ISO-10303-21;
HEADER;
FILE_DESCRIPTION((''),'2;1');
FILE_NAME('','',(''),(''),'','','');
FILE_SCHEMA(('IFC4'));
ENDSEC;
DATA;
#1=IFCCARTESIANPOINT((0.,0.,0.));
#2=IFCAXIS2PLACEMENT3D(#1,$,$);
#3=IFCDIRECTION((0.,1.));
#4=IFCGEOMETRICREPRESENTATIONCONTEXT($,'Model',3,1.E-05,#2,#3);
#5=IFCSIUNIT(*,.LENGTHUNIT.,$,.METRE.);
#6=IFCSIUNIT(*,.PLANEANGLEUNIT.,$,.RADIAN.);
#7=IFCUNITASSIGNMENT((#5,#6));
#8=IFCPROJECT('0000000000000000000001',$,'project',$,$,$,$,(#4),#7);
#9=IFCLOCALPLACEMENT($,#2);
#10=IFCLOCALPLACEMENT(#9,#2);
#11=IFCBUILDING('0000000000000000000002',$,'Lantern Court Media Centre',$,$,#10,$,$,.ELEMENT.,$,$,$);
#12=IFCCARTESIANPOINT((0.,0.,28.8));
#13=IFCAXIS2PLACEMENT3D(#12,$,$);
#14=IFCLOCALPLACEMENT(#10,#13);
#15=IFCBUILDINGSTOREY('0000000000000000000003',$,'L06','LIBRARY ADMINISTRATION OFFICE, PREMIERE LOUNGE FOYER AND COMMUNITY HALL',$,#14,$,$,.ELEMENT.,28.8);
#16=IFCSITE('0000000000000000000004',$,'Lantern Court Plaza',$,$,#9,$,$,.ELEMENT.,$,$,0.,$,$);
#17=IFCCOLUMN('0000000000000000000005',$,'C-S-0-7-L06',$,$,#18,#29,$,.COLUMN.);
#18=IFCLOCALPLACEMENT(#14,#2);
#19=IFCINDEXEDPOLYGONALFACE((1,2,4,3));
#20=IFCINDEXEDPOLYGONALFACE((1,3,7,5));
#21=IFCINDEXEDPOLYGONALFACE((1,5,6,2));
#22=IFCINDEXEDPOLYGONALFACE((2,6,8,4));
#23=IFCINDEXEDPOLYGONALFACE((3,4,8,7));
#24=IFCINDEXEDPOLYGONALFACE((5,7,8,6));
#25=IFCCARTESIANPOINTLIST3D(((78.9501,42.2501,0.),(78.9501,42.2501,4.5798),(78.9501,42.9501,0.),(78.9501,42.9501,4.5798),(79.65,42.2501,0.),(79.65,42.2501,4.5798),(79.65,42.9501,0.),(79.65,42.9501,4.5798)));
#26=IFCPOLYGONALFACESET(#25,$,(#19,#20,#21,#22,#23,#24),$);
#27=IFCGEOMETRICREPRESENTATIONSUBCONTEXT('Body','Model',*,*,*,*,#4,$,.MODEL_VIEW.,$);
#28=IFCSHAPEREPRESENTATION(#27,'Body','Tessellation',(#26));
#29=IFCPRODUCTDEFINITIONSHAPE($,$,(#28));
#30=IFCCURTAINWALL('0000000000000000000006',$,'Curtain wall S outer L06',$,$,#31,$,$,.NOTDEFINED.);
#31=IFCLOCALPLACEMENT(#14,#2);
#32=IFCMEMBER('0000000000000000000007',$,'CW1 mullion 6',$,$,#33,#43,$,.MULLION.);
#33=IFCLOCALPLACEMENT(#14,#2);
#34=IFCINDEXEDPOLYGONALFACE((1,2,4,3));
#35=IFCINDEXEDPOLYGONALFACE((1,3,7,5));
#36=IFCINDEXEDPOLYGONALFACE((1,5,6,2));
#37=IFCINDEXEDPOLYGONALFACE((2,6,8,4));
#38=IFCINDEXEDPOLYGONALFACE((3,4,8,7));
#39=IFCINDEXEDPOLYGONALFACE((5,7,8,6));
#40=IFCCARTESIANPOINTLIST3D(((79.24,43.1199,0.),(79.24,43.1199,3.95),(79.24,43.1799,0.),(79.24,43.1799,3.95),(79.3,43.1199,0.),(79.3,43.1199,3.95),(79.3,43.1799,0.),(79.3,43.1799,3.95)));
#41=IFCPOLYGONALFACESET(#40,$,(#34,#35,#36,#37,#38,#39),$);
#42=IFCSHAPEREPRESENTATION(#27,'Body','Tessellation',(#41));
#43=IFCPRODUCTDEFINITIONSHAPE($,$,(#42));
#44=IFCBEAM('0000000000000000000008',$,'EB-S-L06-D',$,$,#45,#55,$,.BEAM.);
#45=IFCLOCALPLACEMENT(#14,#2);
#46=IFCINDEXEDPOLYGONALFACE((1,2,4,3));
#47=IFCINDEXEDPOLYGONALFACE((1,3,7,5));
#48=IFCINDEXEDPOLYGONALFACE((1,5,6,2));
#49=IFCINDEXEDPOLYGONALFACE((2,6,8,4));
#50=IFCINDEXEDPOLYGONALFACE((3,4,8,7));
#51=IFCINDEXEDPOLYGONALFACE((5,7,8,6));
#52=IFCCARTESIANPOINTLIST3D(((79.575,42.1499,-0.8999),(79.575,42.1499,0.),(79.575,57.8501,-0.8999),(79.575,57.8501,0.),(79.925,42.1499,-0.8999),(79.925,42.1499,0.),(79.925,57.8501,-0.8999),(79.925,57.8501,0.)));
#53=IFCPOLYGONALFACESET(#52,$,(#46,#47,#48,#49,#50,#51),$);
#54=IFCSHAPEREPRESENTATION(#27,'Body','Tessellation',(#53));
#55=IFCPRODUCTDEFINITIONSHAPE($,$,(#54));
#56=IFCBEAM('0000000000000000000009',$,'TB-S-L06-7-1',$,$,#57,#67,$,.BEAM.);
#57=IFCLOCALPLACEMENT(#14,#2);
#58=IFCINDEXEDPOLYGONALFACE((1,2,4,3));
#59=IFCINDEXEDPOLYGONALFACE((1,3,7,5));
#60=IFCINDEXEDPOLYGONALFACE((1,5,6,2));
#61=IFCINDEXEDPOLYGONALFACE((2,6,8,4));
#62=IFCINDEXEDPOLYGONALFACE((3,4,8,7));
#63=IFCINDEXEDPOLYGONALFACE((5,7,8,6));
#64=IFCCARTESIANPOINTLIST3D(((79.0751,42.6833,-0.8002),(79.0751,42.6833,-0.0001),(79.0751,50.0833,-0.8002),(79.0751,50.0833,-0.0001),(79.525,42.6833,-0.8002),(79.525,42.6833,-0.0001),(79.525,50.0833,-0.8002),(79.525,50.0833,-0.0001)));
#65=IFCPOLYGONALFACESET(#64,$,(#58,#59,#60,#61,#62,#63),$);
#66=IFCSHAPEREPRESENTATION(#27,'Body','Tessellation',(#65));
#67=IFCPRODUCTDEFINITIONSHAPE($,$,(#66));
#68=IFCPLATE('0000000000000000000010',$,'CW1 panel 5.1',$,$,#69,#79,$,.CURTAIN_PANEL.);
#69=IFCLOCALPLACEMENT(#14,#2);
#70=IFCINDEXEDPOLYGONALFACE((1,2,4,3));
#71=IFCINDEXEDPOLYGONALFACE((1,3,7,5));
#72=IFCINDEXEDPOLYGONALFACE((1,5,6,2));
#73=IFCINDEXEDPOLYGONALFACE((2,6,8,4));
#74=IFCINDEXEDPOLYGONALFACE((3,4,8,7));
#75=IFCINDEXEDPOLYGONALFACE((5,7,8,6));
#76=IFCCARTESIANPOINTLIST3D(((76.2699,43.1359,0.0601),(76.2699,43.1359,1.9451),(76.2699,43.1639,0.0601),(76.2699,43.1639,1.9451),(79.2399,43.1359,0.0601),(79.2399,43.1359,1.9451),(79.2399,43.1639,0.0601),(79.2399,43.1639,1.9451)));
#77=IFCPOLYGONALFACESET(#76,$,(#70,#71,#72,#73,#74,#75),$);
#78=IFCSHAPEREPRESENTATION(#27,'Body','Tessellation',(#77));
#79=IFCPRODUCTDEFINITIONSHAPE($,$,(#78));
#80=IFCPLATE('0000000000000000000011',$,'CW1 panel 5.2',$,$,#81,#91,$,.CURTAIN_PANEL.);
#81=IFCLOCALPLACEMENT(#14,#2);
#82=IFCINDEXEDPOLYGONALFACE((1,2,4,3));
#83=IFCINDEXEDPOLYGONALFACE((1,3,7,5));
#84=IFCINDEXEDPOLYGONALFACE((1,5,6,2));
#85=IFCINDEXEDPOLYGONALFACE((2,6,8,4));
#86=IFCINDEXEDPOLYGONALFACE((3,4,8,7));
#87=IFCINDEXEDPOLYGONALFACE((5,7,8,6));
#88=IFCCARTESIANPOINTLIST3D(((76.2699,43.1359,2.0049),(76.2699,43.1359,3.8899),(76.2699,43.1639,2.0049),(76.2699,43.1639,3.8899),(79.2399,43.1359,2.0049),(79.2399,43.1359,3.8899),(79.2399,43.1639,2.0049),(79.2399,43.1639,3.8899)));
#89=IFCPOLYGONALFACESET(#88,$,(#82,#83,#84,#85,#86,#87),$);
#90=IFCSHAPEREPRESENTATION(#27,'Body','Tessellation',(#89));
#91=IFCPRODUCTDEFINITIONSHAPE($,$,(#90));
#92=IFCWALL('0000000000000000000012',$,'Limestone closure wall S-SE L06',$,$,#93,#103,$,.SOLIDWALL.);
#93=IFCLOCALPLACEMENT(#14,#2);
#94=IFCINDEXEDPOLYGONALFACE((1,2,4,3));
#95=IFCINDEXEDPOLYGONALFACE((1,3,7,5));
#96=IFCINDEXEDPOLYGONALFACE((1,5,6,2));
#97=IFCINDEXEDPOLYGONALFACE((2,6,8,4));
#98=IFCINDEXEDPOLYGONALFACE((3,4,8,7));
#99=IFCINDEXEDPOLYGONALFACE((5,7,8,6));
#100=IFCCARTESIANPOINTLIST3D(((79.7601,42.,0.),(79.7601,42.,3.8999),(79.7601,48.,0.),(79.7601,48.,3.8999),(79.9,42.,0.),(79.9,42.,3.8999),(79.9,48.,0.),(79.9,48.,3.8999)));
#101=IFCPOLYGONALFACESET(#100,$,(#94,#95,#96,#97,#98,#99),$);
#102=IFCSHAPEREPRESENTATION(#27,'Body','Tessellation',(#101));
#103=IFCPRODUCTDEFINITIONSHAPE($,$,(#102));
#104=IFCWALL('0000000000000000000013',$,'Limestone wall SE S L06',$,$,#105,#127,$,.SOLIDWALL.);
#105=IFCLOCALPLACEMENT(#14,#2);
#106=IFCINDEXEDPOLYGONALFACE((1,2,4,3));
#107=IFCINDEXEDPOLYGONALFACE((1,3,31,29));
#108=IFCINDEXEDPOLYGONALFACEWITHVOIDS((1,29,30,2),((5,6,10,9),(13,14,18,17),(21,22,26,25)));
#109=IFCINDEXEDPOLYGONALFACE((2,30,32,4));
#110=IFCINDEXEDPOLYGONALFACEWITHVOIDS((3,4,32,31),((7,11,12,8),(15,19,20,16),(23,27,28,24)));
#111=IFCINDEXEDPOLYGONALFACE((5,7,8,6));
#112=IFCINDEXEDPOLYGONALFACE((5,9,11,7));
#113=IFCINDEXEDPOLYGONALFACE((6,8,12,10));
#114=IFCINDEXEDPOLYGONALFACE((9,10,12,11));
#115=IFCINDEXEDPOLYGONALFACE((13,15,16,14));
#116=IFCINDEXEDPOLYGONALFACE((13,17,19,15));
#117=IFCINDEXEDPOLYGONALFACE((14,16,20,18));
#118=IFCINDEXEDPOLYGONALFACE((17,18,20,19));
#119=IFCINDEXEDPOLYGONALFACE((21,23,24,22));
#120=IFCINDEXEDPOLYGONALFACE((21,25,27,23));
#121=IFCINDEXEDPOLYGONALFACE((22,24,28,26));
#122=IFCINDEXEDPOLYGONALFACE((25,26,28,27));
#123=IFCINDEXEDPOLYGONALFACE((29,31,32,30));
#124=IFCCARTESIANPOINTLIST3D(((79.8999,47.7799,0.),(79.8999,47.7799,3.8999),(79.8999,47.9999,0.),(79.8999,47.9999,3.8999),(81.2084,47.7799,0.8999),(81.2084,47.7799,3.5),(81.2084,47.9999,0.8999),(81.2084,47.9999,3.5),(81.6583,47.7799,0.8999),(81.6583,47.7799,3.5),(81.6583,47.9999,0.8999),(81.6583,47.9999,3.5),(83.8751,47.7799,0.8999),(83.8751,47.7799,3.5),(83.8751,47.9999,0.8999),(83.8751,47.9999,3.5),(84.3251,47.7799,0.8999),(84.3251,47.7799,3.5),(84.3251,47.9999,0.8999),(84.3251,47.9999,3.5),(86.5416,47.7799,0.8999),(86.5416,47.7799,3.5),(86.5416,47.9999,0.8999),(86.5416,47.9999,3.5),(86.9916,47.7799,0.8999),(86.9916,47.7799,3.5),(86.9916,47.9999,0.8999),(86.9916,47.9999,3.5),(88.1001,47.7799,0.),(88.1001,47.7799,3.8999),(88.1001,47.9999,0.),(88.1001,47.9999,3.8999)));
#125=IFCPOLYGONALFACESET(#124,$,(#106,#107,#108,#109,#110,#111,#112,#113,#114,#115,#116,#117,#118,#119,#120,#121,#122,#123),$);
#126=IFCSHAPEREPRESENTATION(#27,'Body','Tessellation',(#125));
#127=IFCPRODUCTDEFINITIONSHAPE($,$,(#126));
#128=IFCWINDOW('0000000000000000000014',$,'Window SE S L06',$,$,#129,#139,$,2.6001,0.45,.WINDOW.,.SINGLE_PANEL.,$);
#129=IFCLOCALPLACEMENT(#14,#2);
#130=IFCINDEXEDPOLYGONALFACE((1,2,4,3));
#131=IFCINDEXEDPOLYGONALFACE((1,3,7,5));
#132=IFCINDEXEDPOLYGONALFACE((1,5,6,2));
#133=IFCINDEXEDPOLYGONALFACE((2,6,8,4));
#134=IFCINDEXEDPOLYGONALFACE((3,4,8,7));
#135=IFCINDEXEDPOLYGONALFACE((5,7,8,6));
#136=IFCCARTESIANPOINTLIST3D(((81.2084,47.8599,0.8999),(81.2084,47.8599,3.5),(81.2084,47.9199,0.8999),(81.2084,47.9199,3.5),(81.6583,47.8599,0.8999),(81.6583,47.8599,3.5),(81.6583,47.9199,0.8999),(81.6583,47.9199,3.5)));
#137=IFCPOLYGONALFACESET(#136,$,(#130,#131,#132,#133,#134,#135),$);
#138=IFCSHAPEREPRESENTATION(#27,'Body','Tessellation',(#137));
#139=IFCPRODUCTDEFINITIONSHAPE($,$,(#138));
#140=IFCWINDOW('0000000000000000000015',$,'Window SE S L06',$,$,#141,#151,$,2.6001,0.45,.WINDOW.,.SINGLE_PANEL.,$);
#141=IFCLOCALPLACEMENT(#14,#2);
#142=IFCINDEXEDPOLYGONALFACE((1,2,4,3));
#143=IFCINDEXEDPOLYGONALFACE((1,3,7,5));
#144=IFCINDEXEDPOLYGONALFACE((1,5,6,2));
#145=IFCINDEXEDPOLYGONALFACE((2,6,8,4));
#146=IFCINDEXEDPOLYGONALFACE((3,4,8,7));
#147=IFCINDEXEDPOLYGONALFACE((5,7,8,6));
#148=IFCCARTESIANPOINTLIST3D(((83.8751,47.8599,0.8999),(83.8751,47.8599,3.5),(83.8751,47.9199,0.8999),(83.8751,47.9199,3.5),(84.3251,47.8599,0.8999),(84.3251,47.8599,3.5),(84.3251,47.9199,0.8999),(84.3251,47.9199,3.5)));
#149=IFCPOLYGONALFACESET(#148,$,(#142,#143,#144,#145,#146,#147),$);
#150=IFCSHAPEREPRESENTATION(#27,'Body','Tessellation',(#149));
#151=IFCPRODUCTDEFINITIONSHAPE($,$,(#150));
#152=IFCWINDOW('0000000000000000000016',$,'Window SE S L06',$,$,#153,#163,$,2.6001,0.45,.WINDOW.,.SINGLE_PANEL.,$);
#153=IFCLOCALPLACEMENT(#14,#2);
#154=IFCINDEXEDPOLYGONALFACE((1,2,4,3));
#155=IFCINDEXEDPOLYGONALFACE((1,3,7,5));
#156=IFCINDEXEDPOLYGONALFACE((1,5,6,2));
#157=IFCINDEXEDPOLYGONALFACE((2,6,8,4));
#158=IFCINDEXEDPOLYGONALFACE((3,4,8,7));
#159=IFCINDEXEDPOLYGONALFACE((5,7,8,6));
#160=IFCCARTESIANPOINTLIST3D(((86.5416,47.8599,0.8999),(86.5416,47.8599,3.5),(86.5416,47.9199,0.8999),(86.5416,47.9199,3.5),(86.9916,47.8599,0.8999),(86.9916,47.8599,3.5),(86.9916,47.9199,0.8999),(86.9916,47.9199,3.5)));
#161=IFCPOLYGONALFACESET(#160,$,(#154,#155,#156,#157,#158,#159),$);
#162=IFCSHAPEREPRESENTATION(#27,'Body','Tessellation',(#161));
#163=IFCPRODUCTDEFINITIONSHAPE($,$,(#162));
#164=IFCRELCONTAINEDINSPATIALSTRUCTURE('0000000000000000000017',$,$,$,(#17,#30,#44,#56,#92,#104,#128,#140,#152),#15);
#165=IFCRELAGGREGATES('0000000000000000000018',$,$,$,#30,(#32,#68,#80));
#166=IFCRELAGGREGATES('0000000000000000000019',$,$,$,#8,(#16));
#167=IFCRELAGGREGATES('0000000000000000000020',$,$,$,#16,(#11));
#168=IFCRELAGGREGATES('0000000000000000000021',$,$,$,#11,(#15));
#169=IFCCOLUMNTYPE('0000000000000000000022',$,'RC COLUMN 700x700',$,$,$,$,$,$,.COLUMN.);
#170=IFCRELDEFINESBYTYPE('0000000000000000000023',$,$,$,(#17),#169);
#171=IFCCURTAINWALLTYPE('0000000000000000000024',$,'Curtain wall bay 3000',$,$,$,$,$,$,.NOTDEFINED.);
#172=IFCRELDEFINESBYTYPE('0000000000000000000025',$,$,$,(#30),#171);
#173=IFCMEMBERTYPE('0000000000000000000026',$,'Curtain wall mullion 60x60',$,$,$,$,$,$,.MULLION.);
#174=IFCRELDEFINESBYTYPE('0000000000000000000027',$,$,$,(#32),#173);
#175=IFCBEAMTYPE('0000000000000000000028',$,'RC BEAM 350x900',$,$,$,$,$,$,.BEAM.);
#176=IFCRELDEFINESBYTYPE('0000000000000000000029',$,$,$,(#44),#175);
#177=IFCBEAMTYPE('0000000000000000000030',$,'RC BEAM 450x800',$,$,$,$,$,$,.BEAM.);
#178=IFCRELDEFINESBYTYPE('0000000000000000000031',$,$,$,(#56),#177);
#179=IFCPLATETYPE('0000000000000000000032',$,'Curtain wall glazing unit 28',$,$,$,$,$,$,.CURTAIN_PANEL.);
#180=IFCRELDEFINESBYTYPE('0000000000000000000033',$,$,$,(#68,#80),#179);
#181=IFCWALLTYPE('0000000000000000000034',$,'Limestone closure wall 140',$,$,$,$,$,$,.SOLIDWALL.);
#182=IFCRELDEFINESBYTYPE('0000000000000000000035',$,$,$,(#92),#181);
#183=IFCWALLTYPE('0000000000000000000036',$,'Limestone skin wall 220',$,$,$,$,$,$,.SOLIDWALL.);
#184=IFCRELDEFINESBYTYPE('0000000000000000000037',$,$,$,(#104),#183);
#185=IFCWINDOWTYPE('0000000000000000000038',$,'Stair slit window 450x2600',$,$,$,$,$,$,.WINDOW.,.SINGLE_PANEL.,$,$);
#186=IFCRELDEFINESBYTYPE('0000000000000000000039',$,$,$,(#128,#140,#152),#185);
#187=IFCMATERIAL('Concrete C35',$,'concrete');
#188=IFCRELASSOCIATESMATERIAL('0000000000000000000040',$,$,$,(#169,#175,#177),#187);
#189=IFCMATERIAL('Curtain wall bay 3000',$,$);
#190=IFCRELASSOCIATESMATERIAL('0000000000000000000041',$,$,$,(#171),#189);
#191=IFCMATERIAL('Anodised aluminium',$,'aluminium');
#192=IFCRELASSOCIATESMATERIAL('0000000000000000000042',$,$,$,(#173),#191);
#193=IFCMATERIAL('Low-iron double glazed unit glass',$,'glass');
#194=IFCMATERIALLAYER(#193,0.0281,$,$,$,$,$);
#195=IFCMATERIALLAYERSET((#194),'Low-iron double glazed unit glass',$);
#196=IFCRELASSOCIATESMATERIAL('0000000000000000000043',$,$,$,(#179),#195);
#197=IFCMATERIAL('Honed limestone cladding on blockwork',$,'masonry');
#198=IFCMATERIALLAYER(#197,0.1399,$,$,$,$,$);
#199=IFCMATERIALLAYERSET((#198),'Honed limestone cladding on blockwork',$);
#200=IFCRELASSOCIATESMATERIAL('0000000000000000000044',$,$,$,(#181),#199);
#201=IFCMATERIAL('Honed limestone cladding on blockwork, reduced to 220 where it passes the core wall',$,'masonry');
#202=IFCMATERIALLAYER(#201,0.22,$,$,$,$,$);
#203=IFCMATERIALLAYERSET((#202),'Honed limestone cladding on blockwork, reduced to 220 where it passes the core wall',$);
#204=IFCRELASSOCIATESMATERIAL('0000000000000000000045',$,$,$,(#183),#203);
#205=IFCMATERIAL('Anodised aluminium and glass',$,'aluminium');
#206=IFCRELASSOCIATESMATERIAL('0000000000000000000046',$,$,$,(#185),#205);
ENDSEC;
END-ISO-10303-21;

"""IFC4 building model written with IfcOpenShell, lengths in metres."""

from ifc_helpers import new_model, si_unit, direction, frame, frame_2d, origin, origin_2d, place, context, subcontext, project, spatial, rectangle, extrude, material, layer, layer_set, material_profile, profile_set, type_object, element, fill, aggregate, save


model = new_model("IFC4")

# Units and contexts
model_context = context("Model", 3, precision=1e-05, world=origin(), true_north=direction((0.0, 1.0)))
body_context = subcontext(model_context, "Body", "Model", "MODEL_VIEW")
ifc_project = project(units=[si_unit("LENGTHUNIT", "METRE"), si_unit("PLANEANGLEUNIT", "RADIAN")], contexts=[model_context])

# Site, building, storey
site_placement = place(None, origin())
site = spatial("IfcSite", under=ifc_project, at=site_placement, Name="Lantern Court Plaza", CompositionType="ELEMENT", RefElevation=0.0)
building_placement = place(site_placement, origin())
building = spatial("IfcBuilding", under=site, at=building_placement, Name="Lantern Court Media Centre", CompositionType="ELEMENT")
storey_placement = place(building_placement, frame((0.0, 0.0, 28.8)))
storey = spatial("IfcBuildingStorey", under=building, at=storey_placement, Name="L06", Description="LIBRARY ADMINISTRATION OFFICE, PREMIERE LOUNGE FOYER AND COMMUNITY HALL", CompositionType="ELEMENT", Elevation=28.8)

# Column
ifc_material_1 = material(Name="Concrete C35", Category="concrete")
ifc_material_profile_1 = material_profile(ifc_material_1, rectangle(XDim=0.7, YDim=0.7, at=origin_2d()), Name="RC 700x700")
ifc_profile_set_1 = profile_set([ifc_material_profile_1], Name="Concrete C35")
column_type = type_object("IfcColumnType", Name="RC COLUMN 700x700", PredefinedType="COLUMN", material=ifc_profile_set_1)
column_placement = place(storey_placement, frame((79.3, 42.6001, 0.0), z_axis=(0.0, 0.0, 1.0), x_axis=(1.0, 0.0, 0.0)))
element("IfcColumn", 1, at=column_placement, inside=storey, type_object=column_type, Name="C-S-0-7-L06", PredefinedType="COLUMN", context=body_context, shape_type="SweptSolid", body=[
    extrude(rectangle(XDim=0.7, YDim=0.7, at=origin_2d()), origin(), (0.0, 0.0, 1.0), 4.5798),
])

# Curtain wall, member
ifc_material_2 = material(Name="Curtain wall bay 3000")
curtain_wall_type = type_object("IfcCurtainWallType", Name="Curtain wall bay 3000", PredefinedType="NOTDEFINED", material=ifc_material_2)
curtain_wall_placement = place(storey_placement, origin())
curtain_wall = element("IfcCurtainWall", 2, at=curtain_wall_placement, inside=storey, type_object=curtain_wall_type, Name="Curtain wall S outer L06", PredefinedType="NOTDEFINED")
ifc_material_3 = material(Name="Anodised aluminium", Category="aluminium")
ifc_material_profile_2 = material_profile(ifc_material_3, rectangle(XDim=0.0601, YDim=0.0601, at=origin_2d()), Name="AL 60x60")
ifc_profile_set_2 = profile_set([ifc_material_profile_2], Name="Anodised aluminium")
member_type = type_object("IfcMemberType", Name="Curtain wall mullion 60x60", PredefinedType="MULLION", material=ifc_profile_set_2)
member_placement = place(storey_placement, frame((79.27, 43.1499, 0.0), z_axis=(0.0, 0.0, 1.0), x_axis=(0.0, 1.0, 0.0)))
member = element("IfcMember", 3, at=member_placement, type_object=member_type, Name="CW1 mullion 6", PredefinedType="MULLION", context=body_context, shape_type="SweptSolid", body=[
    extrude(rectangle(XDim=0.0601, YDim=0.0601, at=origin_2d()), origin(), (0.0, 0.0, 1.0), 3.95),
])

# Beams
ifc_material_profile_3 = material_profile(ifc_material_1, rectangle(XDim=0.3501, YDim=0.8999, at=origin_2d()), Name="RC 350x900")
ifc_profile_set_3 = profile_set([ifc_material_profile_3], Name="Concrete C35")
beam_type_1 = type_object("IfcBeamType", Name="RC BEAM 350x900", PredefinedType="BEAM", material=ifc_profile_set_3)
beam_1_placement = place(storey_placement, frame((79.75, 42.1499, -0.45), z_axis=(0.0, 1.0, 0.0), x_axis=(-1.0, 0.0, 0.0)))
element("IfcBeam", 4, at=beam_1_placement, inside=storey, type_object=beam_type_1, Name="EB-S-L06-D", PredefinedType="BEAM", context=body_context, shape_type="SweptSolid", body=[
    extrude(rectangle(XDim=0.3501, YDim=0.8999, at=origin_2d()), origin(), (0.0, 0.0, 1.0), 15.7002),
])
ifc_material_profile_4 = material_profile(ifc_material_1, rectangle(XDim=0.45, YDim=0.8, at=origin_2d()), Name="RC 450x800")
ifc_profile_set_4 = profile_set([ifc_material_profile_4], Name="Concrete C35")
beam_type_2 = type_object("IfcBeamType", Name="RC BEAM 450x800", PredefinedType="BEAM", material=ifc_profile_set_4)
beam_2_placement = place(storey_placement, frame((79.3, 42.6833, -0.4001), z_axis=(0.0, 1.0, 0.0), x_axis=(-1.0, 0.0, 0.0)))
element("IfcBeam", 5, at=beam_2_placement, inside=storey, type_object=beam_type_2, Name="TB-S-L06-7-1", PredefinedType="BEAM", context=body_context, shape_type="SweptSolid", body=[
    extrude(rectangle(XDim=0.45, YDim=0.8, at=origin_2d()), origin(), (0.0, 0.0, 1.0), 7.3999),
])

# Plates
ifc_material_4 = material(Name="Low-iron double glazed unit glass", Category="glass")
ifc_layer_1 = layer(ifc_material_4, 0.0281)
ifc_layer_set_1 = layer_set([ifc_layer_1], Name="Low-iron double glazed unit glass")
plate_type = type_object("IfcPlateType", Name="Curtain wall glazing unit 28", PredefinedType="CURTAIN_PANEL", material=ifc_layer_set_1)
plate_1_placement = place(storey_placement, frame((77.7549, 43.1499, 0.0601), z_axis=(0.0, 0.0, 1.0), x_axis=(1.0, 0.0, 0.0)))
plate_1 = element("IfcPlate", 6, at=plate_1_placement, type_object=plate_type, Name="CW1 panel 5.1", PredefinedType="CURTAIN_PANEL", context=body_context, shape_type="SweptSolid", body=[
    extrude(rectangle(XDim=2.97, YDim=0.0281, at=origin_2d()), origin(), (0.0, 0.0, 1.0), 1.885),
])
plate_2_placement = place(storey_placement, frame((77.7549, 43.1499, 2.0049), z_axis=(0.0, 0.0, 1.0), x_axis=(1.0, 0.0, 0.0)))
plate_2 = element("IfcPlate", 7, at=plate_2_placement, type_object=plate_type, Name="CW1 panel 5.2", PredefinedType="CURTAIN_PANEL", context=body_context, shape_type="SweptSolid", body=[
    extrude(rectangle(XDim=2.97, YDim=0.0281, at=origin_2d()), origin(), (0.0, 0.0, 1.0), 1.885),
])
aggregate(curtain_wall, [member, plate_1, plate_2])

# Wall
ifc_material_5 = material(Name="Honed limestone cladding on blockwork", Category="masonry")
ifc_layer_2 = layer(ifc_material_5, 0.1399)
ifc_layer_set_2 = layer_set([ifc_layer_2], Name="Honed limestone cladding on blockwork")
wall_type_1 = type_object("IfcWallType", Name="Limestone closure wall 140", PredefinedType="SOLIDWALL", material=ifc_layer_set_2)
wall_1_placement = place(storey_placement, frame((79.8301, 42.0, 0.0), z_axis=(0.0, 0.0, 1.0), x_axis=(0.0, 1.0, 0.0)))
element("IfcWall", 8, at=wall_1_placement, inside=storey, type_object=wall_type_1, Name="Limestone closure wall S-SE L06", PredefinedType="SOLIDWALL", context=body_context, shape_type="SweptSolid", body=[
    extrude(rectangle(XDim=6.0, YDim=0.1399, at=frame_2d((3.0, 0.0))), origin(), (0.0, 0.0, 1.0), 3.8999),
])

# Wall, openings, windows
ifc_material_6 = material(Name="Honed limestone cladding on blockwork, reduced to 220 where it passes the core wall", Category="masonry")
ifc_layer_3 = layer(ifc_material_6, 0.22)
ifc_layer_set_3 = layer_set([ifc_layer_3], Name="Honed limestone cladding on blockwork, reduced to 220 where it passes the core wall")
wall_type_2 = type_object("IfcWallType", Name="Limestone skin wall 220", PredefinedType="SOLIDWALL", material=ifc_layer_set_3)
wall_2_placement = place(storey_placement, frame((79.8999, 47.8899, 0.0), z_axis=(0.0, 0.0, 1.0), x_axis=(1.0, 0.0, 0.0)))
wall_2 = element("IfcWall", 9, at=wall_2_placement, inside=storey, type_object=wall_type_2, Name="Limestone wall SE S L06", PredefinedType="SOLIDWALL", context=body_context, shape_type="SweptSolid", body=[
    extrude(rectangle(XDim=8.2002, YDim=0.22, at=frame_2d((4.1001, 0.0))), origin(), (0.0, 0.0, 1.0), 3.8999),
])
opening_1_placement = place(wall_2_placement, frame((1.3083, 0.0, 0.8999)))
opening_1 = element("IfcOpeningElement", 10, at=opening_1_placement, cuts=wall_2, PredefinedType="OPENING", context=body_context, shape_type="SweptSolid", body=[
    extrude(rectangle(XDim=0.45, YDim=2.6001, at=frame_2d((0.2251, 1.3))), frame((0.0, 0.1199, 0.0), z_axis=(0.0, -1.0, 0.0), x_axis=(1.0, 0.0, 0.0)), (0.0, 0.0, 1.0), 0.24),
])
opening_2_placement = place(wall_2_placement, frame((3.9751, 0.0, 0.8999)))
opening_2 = element("IfcOpeningElement", 11, at=opening_2_placement, cuts=wall_2, PredefinedType="OPENING", context=body_context, shape_type="SweptSolid", body=[
    extrude(rectangle(XDim=0.45, YDim=2.6001, at=frame_2d((0.2251, 1.3))), frame((0.0, 0.1199, 0.0), z_axis=(0.0, -1.0, 0.0), x_axis=(1.0, 0.0, 0.0)), (0.0, 0.0, 1.0), 0.24),
])
opening_3_placement = place(wall_2_placement, frame((6.6416, 0.0, 0.8999)))
opening_3 = element("IfcOpeningElement", 12, at=opening_3_placement, cuts=wall_2, PredefinedType="OPENING", context=body_context, shape_type="SweptSolid", body=[
    extrude(rectangle(XDim=0.45, YDim=2.6001, at=frame_2d((0.2251, 1.3))), frame((0.0, 0.1199, 0.0), z_axis=(0.0, -1.0, 0.0), x_axis=(1.0, 0.0, 0.0)), (0.0, 0.0, 1.0), 0.24),
])
ifc_material_7 = material(Name="Anodised aluminium and glass", Category="aluminium")
window_type = type_object("IfcWindowType", Name="Stair slit window 450x2600", PartitioningType="SINGLE_PANEL", PredefinedType="WINDOW", material=ifc_material_7)
window_1_placement = place(opening_1_placement, origin())
window_1 = element("IfcWindow", 13, at=window_1_placement, inside=storey, type_object=window_type, Name="Window SE S L06", OverallHeight=2.6001, OverallWidth=0.45, PartitioningType="SINGLE_PANEL", PredefinedType="WINDOW", context=body_context, shape_type="SweptSolid", body=[
    extrude(rectangle(XDim=0.45, YDim=2.6001, at=frame_2d((0.2251, 1.3))), frame((0.0, 0.03, 0.0), z_axis=(0.0, -1.0, 0.0), x_axis=(1.0, 0.0, 0.0)), (0.0, 0.0, 1.0), 0.0601),
])
fill(opening_1, window_1)
window_2_placement = place(opening_2_placement, origin())
window_2 = element("IfcWindow", 14, at=window_2_placement, inside=storey, type_object=window_type, Name="Window SE S L06", OverallHeight=2.6001, OverallWidth=0.45, PartitioningType="SINGLE_PANEL", PredefinedType="WINDOW", context=body_context, shape_type="SweptSolid", body=[
    extrude(rectangle(XDim=0.45, YDim=2.6001, at=frame_2d((0.2251, 1.3))), frame((0.0, 0.03, 0.0), z_axis=(0.0, -1.0, 0.0), x_axis=(1.0, 0.0, 0.0)), (0.0, 0.0, 1.0), 0.0601),
])
fill(opening_2, window_2)
window_3_placement = place(opening_3_placement, origin())
window_3 = element("IfcWindow", 15, at=window_3_placement, inside=storey, type_object=window_type, Name="Window SE S L06", OverallHeight=2.6001, OverallWidth=0.45, PartitioningType="SINGLE_PANEL", PredefinedType="WINDOW", context=body_context, shape_type="SweptSolid", body=[
    extrude(rectangle(XDim=0.45, YDim=2.6001, at=frame_2d((0.2251, 1.3))), frame((0.0, 0.03, 0.0), z_axis=(0.0, -1.0, 0.0), x_axis=(1.0, 0.0, 0.0)), (0.0, 0.0, 1.0), 0.0601),
])
fill(opening_3, window_3)

save(model, "model.ifc")
